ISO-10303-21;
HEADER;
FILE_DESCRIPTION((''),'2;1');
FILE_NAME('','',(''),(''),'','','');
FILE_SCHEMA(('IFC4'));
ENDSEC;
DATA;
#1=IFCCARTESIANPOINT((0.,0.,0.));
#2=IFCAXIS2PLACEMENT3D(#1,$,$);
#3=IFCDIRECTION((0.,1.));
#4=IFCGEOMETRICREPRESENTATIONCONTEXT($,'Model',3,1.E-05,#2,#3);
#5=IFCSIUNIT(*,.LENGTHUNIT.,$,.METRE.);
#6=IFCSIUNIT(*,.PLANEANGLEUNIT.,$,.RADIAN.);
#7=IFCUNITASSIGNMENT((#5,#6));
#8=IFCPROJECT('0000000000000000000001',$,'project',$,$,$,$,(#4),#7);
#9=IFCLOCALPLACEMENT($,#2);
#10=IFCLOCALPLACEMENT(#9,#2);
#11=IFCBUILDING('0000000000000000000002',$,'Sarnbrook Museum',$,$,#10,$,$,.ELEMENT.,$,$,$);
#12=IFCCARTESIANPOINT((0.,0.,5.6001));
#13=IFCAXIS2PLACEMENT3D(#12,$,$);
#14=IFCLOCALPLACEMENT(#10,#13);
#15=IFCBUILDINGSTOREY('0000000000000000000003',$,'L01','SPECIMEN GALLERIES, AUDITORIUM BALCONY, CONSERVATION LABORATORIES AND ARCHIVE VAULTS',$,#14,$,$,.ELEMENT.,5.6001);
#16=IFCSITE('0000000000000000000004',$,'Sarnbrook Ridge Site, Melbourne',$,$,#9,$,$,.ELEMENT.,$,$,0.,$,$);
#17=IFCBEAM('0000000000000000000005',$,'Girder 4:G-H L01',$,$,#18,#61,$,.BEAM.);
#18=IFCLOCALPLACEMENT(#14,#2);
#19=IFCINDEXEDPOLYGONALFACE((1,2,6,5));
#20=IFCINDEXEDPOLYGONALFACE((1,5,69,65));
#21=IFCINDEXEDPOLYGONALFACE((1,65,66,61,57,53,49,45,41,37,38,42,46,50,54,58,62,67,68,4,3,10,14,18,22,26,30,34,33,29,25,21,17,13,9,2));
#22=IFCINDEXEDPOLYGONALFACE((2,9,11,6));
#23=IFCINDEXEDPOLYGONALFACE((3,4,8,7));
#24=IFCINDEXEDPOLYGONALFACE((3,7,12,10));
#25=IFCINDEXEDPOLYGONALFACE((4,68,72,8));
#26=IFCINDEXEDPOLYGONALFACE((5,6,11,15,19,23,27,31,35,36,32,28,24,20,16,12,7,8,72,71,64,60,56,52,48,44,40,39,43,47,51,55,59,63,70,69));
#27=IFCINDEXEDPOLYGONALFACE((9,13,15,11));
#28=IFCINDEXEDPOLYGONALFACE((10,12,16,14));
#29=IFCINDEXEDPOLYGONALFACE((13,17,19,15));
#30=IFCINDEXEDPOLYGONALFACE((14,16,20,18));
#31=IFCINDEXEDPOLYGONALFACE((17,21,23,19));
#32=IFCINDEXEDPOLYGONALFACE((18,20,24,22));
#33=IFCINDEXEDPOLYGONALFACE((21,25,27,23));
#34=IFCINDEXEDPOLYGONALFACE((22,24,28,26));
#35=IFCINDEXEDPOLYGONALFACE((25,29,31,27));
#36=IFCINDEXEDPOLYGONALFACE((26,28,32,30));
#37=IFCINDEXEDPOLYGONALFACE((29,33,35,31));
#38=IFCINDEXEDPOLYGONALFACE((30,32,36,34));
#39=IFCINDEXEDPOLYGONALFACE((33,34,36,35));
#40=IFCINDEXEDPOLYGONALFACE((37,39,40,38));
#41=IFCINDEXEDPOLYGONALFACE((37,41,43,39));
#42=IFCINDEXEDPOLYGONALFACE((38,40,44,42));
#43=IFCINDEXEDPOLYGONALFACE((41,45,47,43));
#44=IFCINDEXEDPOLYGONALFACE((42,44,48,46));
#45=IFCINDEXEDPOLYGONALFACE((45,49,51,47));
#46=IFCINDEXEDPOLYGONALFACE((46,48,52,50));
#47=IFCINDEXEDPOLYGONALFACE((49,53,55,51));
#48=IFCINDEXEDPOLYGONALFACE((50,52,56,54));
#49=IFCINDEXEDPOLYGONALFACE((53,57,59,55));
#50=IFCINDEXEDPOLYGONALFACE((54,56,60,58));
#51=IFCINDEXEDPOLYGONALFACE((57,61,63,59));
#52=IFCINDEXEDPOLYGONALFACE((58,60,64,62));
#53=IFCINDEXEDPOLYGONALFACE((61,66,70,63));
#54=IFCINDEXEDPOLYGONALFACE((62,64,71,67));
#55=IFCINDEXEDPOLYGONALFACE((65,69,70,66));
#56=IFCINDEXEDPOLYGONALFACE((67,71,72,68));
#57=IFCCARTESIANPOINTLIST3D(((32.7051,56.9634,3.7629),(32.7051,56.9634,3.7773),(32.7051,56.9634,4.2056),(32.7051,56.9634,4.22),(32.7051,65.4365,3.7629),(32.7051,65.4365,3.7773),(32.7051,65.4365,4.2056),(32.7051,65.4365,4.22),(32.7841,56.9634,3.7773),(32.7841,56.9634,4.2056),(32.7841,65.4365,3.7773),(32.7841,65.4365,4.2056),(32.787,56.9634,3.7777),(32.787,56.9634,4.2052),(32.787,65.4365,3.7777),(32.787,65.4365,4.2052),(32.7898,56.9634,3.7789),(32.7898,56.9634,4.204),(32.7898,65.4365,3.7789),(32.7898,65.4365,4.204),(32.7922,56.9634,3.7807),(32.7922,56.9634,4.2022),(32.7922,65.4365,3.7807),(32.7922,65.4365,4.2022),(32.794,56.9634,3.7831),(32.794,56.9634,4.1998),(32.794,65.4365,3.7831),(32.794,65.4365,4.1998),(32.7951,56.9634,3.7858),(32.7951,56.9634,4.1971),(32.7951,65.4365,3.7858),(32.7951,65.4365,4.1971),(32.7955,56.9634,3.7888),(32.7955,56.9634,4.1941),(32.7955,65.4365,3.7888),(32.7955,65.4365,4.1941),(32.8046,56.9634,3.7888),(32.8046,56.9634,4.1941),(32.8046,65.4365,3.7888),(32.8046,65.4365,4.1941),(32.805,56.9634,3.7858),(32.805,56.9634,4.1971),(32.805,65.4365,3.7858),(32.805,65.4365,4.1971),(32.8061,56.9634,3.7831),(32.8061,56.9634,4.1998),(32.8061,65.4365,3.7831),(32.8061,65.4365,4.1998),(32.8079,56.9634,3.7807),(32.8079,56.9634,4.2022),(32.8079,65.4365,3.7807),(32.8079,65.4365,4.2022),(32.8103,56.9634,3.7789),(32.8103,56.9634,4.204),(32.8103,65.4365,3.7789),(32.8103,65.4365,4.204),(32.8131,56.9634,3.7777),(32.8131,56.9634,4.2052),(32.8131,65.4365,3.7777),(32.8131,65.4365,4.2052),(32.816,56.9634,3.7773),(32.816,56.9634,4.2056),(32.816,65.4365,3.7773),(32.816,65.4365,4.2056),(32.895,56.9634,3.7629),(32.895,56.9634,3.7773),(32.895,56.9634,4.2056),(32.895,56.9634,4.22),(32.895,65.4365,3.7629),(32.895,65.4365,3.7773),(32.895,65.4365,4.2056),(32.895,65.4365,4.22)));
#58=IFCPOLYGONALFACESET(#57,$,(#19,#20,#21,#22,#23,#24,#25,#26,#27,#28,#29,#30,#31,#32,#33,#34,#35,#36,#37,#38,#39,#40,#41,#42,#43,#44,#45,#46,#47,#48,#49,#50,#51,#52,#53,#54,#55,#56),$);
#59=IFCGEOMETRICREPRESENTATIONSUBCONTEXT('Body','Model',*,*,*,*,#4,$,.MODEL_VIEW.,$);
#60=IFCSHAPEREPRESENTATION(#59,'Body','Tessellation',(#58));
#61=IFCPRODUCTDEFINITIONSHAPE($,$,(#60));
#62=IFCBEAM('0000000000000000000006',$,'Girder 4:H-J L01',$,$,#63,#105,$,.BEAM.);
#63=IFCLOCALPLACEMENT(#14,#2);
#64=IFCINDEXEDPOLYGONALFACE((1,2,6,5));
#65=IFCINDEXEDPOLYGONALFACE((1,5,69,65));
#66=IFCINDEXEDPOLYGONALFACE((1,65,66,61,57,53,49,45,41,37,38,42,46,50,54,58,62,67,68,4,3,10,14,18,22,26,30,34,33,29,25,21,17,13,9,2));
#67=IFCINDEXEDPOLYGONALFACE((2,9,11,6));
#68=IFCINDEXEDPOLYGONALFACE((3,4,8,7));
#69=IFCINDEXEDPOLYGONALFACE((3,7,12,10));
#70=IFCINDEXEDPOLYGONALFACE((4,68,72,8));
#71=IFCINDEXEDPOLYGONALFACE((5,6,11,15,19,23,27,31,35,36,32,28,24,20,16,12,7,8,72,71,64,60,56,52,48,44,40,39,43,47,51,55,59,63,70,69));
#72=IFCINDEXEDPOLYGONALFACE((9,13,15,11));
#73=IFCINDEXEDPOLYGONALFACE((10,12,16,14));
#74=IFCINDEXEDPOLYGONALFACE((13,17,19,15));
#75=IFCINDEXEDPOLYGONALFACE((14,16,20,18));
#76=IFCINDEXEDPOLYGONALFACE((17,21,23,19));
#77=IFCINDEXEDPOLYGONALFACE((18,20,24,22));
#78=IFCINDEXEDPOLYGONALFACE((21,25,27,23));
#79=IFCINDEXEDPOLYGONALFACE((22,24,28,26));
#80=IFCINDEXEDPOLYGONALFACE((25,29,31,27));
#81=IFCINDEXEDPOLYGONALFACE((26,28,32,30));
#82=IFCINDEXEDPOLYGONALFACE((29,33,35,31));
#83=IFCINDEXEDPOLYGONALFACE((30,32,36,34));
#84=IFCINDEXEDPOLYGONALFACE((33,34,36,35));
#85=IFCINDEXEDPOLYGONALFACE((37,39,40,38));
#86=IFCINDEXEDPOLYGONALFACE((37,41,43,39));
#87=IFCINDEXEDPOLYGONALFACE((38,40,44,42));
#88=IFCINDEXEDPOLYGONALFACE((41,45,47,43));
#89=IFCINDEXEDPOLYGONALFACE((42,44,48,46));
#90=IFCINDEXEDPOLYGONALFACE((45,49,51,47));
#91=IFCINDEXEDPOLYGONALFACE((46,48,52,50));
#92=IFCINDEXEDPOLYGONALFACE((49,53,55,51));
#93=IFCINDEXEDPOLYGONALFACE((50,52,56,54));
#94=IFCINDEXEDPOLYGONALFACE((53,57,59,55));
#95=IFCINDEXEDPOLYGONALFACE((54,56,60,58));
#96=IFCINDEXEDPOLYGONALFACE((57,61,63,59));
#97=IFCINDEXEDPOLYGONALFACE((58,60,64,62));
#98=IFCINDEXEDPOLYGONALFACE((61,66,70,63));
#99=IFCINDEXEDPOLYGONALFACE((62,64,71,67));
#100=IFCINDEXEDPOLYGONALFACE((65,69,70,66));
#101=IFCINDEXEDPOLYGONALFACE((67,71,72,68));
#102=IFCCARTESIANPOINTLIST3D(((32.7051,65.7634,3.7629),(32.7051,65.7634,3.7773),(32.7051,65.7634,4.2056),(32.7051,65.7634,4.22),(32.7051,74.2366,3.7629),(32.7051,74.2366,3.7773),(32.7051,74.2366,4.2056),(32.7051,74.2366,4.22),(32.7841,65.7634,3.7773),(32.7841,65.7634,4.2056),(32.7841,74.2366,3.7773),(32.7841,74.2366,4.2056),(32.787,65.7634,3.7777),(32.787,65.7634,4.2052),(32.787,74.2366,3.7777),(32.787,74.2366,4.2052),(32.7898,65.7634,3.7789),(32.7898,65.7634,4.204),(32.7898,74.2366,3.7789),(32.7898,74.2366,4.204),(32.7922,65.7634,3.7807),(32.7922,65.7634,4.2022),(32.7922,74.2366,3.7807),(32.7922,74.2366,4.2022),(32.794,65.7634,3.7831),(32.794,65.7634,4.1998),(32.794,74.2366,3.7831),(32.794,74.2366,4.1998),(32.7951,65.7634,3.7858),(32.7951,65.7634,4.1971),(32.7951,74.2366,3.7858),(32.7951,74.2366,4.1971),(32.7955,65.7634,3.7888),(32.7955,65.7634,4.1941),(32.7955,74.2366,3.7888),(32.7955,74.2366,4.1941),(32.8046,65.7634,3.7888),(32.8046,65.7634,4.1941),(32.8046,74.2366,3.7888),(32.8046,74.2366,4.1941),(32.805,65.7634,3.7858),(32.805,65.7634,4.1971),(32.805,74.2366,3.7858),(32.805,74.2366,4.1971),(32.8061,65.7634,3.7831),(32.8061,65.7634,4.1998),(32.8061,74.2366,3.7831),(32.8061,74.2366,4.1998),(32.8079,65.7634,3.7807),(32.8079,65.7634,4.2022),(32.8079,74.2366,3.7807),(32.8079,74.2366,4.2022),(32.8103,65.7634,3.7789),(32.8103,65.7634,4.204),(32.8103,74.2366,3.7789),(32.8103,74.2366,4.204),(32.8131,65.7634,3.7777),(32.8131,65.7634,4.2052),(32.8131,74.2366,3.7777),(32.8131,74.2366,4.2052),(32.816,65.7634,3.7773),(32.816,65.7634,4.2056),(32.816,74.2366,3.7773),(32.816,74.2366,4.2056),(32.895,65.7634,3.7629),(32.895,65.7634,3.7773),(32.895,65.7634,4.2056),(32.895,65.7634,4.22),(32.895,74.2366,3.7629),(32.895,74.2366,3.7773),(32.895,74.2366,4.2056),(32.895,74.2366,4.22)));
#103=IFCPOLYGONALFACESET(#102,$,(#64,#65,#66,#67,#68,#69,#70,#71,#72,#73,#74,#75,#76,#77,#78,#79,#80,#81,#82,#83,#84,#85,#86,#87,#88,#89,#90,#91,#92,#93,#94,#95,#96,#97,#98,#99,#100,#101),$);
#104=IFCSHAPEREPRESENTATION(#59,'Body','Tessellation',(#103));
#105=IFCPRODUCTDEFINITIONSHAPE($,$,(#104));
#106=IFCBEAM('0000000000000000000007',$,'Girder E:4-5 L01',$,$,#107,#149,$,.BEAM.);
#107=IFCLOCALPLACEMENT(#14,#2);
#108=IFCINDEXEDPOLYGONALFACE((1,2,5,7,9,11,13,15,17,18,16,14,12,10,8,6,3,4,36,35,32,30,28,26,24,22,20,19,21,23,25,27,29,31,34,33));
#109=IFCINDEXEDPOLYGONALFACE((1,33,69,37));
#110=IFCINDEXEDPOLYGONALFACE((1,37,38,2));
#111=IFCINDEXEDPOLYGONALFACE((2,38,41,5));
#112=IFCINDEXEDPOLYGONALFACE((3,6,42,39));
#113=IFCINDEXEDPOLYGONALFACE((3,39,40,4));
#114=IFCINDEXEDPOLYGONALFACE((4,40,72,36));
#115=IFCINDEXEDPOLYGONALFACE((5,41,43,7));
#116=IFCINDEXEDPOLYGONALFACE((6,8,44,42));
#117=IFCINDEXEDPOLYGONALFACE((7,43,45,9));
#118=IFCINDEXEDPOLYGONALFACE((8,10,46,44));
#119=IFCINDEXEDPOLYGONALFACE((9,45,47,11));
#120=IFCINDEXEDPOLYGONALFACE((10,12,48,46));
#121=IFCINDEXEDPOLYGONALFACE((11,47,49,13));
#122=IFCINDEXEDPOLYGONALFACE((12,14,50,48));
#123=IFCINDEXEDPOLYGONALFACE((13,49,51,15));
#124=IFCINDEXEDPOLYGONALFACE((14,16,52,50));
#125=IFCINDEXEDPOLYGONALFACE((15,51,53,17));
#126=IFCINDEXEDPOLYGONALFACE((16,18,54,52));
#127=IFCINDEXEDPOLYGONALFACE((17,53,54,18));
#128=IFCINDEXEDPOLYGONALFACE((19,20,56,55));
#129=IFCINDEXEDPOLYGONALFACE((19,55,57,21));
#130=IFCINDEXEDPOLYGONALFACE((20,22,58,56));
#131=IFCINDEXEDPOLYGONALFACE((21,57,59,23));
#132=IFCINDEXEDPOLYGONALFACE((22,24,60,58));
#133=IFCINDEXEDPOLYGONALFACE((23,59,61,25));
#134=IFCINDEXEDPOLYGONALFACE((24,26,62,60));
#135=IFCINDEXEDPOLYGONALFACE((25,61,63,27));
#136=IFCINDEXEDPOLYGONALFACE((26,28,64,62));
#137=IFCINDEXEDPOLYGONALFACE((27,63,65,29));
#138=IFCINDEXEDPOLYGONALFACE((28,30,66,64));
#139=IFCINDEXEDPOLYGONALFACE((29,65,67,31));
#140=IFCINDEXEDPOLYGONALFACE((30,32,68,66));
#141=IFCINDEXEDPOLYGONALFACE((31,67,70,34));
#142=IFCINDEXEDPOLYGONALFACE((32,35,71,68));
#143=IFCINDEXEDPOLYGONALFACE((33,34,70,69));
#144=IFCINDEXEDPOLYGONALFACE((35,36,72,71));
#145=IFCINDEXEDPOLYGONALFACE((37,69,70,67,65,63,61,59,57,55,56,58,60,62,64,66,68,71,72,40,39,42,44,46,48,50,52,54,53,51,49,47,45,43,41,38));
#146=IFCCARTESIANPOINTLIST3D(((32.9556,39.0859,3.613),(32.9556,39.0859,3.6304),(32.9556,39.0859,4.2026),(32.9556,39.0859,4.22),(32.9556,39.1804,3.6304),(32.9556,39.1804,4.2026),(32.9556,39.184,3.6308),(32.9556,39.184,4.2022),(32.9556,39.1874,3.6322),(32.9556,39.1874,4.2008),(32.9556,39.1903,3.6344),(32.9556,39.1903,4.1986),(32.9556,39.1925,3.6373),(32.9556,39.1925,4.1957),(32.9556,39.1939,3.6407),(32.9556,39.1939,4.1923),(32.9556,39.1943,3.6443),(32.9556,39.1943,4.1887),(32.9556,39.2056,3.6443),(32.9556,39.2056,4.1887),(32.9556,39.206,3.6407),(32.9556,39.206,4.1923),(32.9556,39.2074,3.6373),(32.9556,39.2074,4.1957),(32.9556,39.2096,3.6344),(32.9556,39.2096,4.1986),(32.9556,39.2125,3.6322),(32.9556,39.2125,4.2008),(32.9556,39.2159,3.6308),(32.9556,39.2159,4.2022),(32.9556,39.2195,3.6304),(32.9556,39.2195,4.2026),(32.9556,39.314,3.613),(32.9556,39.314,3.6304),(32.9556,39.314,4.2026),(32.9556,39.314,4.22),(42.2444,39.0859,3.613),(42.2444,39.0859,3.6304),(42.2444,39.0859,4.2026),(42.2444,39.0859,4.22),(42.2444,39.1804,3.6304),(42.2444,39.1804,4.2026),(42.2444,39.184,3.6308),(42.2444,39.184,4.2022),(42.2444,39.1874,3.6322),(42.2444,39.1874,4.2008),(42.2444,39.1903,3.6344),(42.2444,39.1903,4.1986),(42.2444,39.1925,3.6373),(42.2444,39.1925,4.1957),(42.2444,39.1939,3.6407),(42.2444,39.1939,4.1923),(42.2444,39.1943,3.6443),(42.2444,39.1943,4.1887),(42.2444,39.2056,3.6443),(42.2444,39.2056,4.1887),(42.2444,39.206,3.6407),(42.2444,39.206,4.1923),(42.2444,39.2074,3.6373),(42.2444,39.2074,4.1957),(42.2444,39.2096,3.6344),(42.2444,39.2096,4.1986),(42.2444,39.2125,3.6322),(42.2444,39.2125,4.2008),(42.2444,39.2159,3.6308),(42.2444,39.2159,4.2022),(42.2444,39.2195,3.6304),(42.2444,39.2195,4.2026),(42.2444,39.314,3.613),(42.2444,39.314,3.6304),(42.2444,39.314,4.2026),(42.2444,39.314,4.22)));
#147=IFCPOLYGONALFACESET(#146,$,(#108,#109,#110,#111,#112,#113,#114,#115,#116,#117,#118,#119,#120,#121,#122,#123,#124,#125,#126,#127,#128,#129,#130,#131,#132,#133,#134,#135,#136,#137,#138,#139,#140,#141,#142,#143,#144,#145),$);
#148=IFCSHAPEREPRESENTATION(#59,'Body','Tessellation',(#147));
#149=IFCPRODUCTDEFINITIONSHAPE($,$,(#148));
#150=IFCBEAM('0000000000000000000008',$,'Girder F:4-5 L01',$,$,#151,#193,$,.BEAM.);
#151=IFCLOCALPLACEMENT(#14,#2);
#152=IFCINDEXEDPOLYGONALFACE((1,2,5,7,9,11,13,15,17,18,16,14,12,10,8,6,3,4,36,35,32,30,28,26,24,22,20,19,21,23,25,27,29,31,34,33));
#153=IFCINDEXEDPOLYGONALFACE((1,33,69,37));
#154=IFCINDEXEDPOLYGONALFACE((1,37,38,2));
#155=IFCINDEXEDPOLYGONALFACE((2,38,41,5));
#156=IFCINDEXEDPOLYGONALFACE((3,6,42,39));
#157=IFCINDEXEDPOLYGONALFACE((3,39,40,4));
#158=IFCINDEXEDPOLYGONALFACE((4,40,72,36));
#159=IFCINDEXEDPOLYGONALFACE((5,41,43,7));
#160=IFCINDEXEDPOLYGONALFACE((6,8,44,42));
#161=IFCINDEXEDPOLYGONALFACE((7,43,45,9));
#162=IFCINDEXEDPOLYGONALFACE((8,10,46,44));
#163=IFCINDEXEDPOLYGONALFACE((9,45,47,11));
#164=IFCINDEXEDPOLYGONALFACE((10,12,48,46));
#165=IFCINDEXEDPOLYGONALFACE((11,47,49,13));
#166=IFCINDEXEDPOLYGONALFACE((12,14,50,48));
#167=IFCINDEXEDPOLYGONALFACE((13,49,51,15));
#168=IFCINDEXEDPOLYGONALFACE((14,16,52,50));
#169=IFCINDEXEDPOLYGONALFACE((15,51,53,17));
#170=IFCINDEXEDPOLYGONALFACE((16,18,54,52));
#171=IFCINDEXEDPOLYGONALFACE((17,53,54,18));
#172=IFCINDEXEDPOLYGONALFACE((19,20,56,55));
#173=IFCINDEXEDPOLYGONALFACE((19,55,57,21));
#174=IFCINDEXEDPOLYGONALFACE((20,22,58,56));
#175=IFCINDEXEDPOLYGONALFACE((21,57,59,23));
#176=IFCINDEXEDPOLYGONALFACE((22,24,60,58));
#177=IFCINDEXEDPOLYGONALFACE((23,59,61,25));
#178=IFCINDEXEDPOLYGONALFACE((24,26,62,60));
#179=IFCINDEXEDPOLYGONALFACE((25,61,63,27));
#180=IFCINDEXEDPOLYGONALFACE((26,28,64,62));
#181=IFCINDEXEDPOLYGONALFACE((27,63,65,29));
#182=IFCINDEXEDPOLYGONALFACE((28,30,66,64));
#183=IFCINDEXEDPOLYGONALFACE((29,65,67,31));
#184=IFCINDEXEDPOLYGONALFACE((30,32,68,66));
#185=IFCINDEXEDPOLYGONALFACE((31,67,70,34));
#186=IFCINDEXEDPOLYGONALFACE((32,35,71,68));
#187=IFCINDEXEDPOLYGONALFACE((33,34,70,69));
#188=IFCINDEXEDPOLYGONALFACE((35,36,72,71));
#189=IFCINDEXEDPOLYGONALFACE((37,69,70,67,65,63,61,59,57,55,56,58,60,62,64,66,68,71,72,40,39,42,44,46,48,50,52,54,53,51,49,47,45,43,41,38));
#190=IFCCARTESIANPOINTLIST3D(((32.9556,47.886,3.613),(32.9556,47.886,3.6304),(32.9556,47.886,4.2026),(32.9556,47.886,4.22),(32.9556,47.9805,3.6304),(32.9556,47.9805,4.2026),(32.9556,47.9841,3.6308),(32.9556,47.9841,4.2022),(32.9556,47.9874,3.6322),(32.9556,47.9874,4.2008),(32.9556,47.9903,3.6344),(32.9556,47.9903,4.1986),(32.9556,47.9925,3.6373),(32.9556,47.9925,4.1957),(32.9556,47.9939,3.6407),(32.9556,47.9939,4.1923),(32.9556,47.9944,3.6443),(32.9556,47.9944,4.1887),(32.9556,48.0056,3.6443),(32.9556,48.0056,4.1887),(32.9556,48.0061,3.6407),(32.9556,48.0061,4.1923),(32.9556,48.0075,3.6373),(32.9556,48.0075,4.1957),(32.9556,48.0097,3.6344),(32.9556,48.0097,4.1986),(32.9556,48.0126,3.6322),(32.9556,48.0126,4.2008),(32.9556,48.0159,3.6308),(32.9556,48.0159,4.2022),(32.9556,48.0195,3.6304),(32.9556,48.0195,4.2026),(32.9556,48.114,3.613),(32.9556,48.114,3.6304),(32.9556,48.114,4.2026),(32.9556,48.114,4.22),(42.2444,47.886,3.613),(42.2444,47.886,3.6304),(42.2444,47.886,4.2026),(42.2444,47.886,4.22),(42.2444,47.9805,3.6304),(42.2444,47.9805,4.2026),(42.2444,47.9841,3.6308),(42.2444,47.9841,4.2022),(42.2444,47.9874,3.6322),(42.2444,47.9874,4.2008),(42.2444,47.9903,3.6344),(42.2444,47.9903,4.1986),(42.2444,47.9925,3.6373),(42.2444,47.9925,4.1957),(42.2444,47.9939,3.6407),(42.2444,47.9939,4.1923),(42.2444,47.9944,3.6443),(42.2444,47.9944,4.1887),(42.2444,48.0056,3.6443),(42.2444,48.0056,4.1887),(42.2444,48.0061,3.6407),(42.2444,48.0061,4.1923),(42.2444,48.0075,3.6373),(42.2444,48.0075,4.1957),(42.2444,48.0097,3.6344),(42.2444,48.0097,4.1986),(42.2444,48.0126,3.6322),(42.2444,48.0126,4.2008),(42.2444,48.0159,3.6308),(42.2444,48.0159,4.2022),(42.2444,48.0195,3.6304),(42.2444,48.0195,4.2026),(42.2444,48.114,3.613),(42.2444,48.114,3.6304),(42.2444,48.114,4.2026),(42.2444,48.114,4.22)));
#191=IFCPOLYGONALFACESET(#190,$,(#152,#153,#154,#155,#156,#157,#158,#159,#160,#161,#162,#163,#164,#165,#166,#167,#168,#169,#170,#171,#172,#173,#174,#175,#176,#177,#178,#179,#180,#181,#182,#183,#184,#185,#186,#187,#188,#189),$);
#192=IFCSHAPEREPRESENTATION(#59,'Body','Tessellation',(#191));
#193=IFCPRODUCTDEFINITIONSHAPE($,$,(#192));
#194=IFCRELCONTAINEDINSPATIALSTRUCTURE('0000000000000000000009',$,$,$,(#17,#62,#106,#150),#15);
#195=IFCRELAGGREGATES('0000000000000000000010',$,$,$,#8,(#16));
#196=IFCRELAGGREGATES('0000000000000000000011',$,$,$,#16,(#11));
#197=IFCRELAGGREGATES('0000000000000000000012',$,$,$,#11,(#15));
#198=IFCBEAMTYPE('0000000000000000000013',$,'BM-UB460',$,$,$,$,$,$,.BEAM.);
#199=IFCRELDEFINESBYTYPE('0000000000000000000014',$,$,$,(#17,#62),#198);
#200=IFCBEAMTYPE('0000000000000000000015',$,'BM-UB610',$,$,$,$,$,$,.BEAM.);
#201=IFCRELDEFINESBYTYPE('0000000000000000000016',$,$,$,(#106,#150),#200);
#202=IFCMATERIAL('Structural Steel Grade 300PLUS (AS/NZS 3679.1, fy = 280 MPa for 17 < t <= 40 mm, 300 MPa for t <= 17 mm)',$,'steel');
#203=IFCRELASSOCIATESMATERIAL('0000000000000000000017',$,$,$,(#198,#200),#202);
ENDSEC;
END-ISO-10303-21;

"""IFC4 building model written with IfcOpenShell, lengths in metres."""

from ifc_helpers import new_model, si_unit, direction, frame, origin, origin_2d, place, context, subcontext, project, spatial, i_section, extrude, material, material_profile, profile_set, type_object, element, save


model = new_model("IFC4")

# Units and contexts
model_context = context("Model", 3, precision=1e-05, world=origin(), true_north=direction((0.0, 1.0)))
body_context = subcontext(model_context, "Body", "Model", "MODEL_VIEW")
ifc_project = project(units=[si_unit("LENGTHUNIT", "METRE"), si_unit("PLANEANGLEUNIT", "RADIAN")], contexts=[model_context])

# Site, building, storey
site_placement = place(None, origin())
site = spatial("IfcSite", under=ifc_project, at=site_placement, Name="Sarnbrook Ridge Site, Melbourne", CompositionType="ELEMENT", RefElevation=0.0)
building_placement = place(site_placement, origin())
building = spatial("IfcBuilding", under=site, at=building_placement, Name="Sarnbrook Museum", CompositionType="ELEMENT")
storey_placement = place(building_placement, frame((0.0, 0.0, 5.6001)))
storey = spatial("IfcBuildingStorey", under=building, at=storey_placement, Name="L01", Description="SPECIMEN GALLERIES, AUDITORIUM BALCONY, CONSERVATION LABORATORIES AND ARCHIVE VAULTS", CompositionType="ELEMENT", Elevation=5.6001)

# Shared definitions
ifc_material_1 = material(Name="Structural Steel Grade 300PLUS (AS/NZS 3679.1, fy = 280 MPa for 17 < t <= 40 mm, 300 MPa for t <= 17 mm)", Category="steel")

# Beams
ifc_material_profile_1 = material_profile(ifc_material_1, i_section(OverallWidth=0.1899, OverallDepth=0.457, WebThickness=0.009, FlangeThickness=0.0144, FilletRadius=0.0115, at=origin_2d()), Name="460UB74.6")
ifc_profile_set_1 = profile_set([ifc_material_profile_1], Name="Structural Steel Grade 300PLUS (AS/NZS 3679.1, fy = 280 MPa for 17 < t <= 40 mm, 300 MPa for t <= 17 mm)")
beam_type_1 = type_object("IfcBeamType", Name="BM-UB460", PredefinedType="BEAM", material=ifc_profile_set_1)
for number, where, z_axis, x_axis, name in (
    (1, (32.8, 56.9634, 3.9915), (0.0, 1.0, 0.0), (-1.0, 0.0, 0.0), "Girder 4:G-H L01"),
    (2, (32.8, 65.7634, 3.9915), (0.0, 1.0, 0.0), (-1.0, 0.0, 0.0), "Girder 4:H-J L01"),
):
    element("IfcBeam", number, at=place(storey_placement, frame(where, z_axis=z_axis, x_axis=x_axis)), inside=storey, type_object=beam_type_1, Name=name, PredefinedType="BEAM", context=body_context, shape_type="SweptSolid", body=[
        extrude(i_section(OverallWidth=0.1899, OverallDepth=0.457, WebThickness=0.009, FlangeThickness=0.0144, FilletRadius=0.0115, at=origin_2d()), origin(), (0.0, 0.0, 1.0), 8.4731),
    ])
ifc_material_profile_2 = material_profile(ifc_material_1, i_section(OverallWidth=0.228, OverallDepth=0.6069, WebThickness=0.0112, FlangeThickness=0.0173, FilletRadius=0.0139, at=origin_2d()), Name="610UB113")
ifc_profile_set_2 = profile_set([ifc_material_profile_2], Name="Structural Steel Grade 300PLUS (AS/NZS 3679.1, fy = 280 MPa for 17 < t <= 40 mm, 300 MPa for t <= 17 mm)")
beam_type_2 = type_object("IfcBeamType", Name="BM-UB610", PredefinedType="BEAM", material=ifc_profile_set_2)
for number, where, z_axis, x_axis, name in (
    (3, (32.9556, 39.2, 3.9165), (1.0, 0.0, 0.0), (0.0, 1.0, 0.0), "Girder E:4-5 L01"),
    (4, (32.9556, 48.0, 3.9165), (1.0, 0.0, 0.0), (0.0, 1.0, 0.0), "Girder F:4-5 L01"),
):
    element("IfcBeam", number, at=place(storey_placement, frame(where, z_axis=z_axis, x_axis=x_axis)), inside=storey, type_object=beam_type_2, Name=name, PredefinedType="BEAM", context=body_context, shape_type="SweptSolid", body=[
        extrude(i_section(OverallWidth=0.228, OverallDepth=0.6069, WebThickness=0.0112, FlangeThickness=0.0173, FilletRadius=0.0139, at=origin_2d()), origin(), (0.0, 0.0, 1.0), 9.2888),
    ])

save(model, "model.ifc")
